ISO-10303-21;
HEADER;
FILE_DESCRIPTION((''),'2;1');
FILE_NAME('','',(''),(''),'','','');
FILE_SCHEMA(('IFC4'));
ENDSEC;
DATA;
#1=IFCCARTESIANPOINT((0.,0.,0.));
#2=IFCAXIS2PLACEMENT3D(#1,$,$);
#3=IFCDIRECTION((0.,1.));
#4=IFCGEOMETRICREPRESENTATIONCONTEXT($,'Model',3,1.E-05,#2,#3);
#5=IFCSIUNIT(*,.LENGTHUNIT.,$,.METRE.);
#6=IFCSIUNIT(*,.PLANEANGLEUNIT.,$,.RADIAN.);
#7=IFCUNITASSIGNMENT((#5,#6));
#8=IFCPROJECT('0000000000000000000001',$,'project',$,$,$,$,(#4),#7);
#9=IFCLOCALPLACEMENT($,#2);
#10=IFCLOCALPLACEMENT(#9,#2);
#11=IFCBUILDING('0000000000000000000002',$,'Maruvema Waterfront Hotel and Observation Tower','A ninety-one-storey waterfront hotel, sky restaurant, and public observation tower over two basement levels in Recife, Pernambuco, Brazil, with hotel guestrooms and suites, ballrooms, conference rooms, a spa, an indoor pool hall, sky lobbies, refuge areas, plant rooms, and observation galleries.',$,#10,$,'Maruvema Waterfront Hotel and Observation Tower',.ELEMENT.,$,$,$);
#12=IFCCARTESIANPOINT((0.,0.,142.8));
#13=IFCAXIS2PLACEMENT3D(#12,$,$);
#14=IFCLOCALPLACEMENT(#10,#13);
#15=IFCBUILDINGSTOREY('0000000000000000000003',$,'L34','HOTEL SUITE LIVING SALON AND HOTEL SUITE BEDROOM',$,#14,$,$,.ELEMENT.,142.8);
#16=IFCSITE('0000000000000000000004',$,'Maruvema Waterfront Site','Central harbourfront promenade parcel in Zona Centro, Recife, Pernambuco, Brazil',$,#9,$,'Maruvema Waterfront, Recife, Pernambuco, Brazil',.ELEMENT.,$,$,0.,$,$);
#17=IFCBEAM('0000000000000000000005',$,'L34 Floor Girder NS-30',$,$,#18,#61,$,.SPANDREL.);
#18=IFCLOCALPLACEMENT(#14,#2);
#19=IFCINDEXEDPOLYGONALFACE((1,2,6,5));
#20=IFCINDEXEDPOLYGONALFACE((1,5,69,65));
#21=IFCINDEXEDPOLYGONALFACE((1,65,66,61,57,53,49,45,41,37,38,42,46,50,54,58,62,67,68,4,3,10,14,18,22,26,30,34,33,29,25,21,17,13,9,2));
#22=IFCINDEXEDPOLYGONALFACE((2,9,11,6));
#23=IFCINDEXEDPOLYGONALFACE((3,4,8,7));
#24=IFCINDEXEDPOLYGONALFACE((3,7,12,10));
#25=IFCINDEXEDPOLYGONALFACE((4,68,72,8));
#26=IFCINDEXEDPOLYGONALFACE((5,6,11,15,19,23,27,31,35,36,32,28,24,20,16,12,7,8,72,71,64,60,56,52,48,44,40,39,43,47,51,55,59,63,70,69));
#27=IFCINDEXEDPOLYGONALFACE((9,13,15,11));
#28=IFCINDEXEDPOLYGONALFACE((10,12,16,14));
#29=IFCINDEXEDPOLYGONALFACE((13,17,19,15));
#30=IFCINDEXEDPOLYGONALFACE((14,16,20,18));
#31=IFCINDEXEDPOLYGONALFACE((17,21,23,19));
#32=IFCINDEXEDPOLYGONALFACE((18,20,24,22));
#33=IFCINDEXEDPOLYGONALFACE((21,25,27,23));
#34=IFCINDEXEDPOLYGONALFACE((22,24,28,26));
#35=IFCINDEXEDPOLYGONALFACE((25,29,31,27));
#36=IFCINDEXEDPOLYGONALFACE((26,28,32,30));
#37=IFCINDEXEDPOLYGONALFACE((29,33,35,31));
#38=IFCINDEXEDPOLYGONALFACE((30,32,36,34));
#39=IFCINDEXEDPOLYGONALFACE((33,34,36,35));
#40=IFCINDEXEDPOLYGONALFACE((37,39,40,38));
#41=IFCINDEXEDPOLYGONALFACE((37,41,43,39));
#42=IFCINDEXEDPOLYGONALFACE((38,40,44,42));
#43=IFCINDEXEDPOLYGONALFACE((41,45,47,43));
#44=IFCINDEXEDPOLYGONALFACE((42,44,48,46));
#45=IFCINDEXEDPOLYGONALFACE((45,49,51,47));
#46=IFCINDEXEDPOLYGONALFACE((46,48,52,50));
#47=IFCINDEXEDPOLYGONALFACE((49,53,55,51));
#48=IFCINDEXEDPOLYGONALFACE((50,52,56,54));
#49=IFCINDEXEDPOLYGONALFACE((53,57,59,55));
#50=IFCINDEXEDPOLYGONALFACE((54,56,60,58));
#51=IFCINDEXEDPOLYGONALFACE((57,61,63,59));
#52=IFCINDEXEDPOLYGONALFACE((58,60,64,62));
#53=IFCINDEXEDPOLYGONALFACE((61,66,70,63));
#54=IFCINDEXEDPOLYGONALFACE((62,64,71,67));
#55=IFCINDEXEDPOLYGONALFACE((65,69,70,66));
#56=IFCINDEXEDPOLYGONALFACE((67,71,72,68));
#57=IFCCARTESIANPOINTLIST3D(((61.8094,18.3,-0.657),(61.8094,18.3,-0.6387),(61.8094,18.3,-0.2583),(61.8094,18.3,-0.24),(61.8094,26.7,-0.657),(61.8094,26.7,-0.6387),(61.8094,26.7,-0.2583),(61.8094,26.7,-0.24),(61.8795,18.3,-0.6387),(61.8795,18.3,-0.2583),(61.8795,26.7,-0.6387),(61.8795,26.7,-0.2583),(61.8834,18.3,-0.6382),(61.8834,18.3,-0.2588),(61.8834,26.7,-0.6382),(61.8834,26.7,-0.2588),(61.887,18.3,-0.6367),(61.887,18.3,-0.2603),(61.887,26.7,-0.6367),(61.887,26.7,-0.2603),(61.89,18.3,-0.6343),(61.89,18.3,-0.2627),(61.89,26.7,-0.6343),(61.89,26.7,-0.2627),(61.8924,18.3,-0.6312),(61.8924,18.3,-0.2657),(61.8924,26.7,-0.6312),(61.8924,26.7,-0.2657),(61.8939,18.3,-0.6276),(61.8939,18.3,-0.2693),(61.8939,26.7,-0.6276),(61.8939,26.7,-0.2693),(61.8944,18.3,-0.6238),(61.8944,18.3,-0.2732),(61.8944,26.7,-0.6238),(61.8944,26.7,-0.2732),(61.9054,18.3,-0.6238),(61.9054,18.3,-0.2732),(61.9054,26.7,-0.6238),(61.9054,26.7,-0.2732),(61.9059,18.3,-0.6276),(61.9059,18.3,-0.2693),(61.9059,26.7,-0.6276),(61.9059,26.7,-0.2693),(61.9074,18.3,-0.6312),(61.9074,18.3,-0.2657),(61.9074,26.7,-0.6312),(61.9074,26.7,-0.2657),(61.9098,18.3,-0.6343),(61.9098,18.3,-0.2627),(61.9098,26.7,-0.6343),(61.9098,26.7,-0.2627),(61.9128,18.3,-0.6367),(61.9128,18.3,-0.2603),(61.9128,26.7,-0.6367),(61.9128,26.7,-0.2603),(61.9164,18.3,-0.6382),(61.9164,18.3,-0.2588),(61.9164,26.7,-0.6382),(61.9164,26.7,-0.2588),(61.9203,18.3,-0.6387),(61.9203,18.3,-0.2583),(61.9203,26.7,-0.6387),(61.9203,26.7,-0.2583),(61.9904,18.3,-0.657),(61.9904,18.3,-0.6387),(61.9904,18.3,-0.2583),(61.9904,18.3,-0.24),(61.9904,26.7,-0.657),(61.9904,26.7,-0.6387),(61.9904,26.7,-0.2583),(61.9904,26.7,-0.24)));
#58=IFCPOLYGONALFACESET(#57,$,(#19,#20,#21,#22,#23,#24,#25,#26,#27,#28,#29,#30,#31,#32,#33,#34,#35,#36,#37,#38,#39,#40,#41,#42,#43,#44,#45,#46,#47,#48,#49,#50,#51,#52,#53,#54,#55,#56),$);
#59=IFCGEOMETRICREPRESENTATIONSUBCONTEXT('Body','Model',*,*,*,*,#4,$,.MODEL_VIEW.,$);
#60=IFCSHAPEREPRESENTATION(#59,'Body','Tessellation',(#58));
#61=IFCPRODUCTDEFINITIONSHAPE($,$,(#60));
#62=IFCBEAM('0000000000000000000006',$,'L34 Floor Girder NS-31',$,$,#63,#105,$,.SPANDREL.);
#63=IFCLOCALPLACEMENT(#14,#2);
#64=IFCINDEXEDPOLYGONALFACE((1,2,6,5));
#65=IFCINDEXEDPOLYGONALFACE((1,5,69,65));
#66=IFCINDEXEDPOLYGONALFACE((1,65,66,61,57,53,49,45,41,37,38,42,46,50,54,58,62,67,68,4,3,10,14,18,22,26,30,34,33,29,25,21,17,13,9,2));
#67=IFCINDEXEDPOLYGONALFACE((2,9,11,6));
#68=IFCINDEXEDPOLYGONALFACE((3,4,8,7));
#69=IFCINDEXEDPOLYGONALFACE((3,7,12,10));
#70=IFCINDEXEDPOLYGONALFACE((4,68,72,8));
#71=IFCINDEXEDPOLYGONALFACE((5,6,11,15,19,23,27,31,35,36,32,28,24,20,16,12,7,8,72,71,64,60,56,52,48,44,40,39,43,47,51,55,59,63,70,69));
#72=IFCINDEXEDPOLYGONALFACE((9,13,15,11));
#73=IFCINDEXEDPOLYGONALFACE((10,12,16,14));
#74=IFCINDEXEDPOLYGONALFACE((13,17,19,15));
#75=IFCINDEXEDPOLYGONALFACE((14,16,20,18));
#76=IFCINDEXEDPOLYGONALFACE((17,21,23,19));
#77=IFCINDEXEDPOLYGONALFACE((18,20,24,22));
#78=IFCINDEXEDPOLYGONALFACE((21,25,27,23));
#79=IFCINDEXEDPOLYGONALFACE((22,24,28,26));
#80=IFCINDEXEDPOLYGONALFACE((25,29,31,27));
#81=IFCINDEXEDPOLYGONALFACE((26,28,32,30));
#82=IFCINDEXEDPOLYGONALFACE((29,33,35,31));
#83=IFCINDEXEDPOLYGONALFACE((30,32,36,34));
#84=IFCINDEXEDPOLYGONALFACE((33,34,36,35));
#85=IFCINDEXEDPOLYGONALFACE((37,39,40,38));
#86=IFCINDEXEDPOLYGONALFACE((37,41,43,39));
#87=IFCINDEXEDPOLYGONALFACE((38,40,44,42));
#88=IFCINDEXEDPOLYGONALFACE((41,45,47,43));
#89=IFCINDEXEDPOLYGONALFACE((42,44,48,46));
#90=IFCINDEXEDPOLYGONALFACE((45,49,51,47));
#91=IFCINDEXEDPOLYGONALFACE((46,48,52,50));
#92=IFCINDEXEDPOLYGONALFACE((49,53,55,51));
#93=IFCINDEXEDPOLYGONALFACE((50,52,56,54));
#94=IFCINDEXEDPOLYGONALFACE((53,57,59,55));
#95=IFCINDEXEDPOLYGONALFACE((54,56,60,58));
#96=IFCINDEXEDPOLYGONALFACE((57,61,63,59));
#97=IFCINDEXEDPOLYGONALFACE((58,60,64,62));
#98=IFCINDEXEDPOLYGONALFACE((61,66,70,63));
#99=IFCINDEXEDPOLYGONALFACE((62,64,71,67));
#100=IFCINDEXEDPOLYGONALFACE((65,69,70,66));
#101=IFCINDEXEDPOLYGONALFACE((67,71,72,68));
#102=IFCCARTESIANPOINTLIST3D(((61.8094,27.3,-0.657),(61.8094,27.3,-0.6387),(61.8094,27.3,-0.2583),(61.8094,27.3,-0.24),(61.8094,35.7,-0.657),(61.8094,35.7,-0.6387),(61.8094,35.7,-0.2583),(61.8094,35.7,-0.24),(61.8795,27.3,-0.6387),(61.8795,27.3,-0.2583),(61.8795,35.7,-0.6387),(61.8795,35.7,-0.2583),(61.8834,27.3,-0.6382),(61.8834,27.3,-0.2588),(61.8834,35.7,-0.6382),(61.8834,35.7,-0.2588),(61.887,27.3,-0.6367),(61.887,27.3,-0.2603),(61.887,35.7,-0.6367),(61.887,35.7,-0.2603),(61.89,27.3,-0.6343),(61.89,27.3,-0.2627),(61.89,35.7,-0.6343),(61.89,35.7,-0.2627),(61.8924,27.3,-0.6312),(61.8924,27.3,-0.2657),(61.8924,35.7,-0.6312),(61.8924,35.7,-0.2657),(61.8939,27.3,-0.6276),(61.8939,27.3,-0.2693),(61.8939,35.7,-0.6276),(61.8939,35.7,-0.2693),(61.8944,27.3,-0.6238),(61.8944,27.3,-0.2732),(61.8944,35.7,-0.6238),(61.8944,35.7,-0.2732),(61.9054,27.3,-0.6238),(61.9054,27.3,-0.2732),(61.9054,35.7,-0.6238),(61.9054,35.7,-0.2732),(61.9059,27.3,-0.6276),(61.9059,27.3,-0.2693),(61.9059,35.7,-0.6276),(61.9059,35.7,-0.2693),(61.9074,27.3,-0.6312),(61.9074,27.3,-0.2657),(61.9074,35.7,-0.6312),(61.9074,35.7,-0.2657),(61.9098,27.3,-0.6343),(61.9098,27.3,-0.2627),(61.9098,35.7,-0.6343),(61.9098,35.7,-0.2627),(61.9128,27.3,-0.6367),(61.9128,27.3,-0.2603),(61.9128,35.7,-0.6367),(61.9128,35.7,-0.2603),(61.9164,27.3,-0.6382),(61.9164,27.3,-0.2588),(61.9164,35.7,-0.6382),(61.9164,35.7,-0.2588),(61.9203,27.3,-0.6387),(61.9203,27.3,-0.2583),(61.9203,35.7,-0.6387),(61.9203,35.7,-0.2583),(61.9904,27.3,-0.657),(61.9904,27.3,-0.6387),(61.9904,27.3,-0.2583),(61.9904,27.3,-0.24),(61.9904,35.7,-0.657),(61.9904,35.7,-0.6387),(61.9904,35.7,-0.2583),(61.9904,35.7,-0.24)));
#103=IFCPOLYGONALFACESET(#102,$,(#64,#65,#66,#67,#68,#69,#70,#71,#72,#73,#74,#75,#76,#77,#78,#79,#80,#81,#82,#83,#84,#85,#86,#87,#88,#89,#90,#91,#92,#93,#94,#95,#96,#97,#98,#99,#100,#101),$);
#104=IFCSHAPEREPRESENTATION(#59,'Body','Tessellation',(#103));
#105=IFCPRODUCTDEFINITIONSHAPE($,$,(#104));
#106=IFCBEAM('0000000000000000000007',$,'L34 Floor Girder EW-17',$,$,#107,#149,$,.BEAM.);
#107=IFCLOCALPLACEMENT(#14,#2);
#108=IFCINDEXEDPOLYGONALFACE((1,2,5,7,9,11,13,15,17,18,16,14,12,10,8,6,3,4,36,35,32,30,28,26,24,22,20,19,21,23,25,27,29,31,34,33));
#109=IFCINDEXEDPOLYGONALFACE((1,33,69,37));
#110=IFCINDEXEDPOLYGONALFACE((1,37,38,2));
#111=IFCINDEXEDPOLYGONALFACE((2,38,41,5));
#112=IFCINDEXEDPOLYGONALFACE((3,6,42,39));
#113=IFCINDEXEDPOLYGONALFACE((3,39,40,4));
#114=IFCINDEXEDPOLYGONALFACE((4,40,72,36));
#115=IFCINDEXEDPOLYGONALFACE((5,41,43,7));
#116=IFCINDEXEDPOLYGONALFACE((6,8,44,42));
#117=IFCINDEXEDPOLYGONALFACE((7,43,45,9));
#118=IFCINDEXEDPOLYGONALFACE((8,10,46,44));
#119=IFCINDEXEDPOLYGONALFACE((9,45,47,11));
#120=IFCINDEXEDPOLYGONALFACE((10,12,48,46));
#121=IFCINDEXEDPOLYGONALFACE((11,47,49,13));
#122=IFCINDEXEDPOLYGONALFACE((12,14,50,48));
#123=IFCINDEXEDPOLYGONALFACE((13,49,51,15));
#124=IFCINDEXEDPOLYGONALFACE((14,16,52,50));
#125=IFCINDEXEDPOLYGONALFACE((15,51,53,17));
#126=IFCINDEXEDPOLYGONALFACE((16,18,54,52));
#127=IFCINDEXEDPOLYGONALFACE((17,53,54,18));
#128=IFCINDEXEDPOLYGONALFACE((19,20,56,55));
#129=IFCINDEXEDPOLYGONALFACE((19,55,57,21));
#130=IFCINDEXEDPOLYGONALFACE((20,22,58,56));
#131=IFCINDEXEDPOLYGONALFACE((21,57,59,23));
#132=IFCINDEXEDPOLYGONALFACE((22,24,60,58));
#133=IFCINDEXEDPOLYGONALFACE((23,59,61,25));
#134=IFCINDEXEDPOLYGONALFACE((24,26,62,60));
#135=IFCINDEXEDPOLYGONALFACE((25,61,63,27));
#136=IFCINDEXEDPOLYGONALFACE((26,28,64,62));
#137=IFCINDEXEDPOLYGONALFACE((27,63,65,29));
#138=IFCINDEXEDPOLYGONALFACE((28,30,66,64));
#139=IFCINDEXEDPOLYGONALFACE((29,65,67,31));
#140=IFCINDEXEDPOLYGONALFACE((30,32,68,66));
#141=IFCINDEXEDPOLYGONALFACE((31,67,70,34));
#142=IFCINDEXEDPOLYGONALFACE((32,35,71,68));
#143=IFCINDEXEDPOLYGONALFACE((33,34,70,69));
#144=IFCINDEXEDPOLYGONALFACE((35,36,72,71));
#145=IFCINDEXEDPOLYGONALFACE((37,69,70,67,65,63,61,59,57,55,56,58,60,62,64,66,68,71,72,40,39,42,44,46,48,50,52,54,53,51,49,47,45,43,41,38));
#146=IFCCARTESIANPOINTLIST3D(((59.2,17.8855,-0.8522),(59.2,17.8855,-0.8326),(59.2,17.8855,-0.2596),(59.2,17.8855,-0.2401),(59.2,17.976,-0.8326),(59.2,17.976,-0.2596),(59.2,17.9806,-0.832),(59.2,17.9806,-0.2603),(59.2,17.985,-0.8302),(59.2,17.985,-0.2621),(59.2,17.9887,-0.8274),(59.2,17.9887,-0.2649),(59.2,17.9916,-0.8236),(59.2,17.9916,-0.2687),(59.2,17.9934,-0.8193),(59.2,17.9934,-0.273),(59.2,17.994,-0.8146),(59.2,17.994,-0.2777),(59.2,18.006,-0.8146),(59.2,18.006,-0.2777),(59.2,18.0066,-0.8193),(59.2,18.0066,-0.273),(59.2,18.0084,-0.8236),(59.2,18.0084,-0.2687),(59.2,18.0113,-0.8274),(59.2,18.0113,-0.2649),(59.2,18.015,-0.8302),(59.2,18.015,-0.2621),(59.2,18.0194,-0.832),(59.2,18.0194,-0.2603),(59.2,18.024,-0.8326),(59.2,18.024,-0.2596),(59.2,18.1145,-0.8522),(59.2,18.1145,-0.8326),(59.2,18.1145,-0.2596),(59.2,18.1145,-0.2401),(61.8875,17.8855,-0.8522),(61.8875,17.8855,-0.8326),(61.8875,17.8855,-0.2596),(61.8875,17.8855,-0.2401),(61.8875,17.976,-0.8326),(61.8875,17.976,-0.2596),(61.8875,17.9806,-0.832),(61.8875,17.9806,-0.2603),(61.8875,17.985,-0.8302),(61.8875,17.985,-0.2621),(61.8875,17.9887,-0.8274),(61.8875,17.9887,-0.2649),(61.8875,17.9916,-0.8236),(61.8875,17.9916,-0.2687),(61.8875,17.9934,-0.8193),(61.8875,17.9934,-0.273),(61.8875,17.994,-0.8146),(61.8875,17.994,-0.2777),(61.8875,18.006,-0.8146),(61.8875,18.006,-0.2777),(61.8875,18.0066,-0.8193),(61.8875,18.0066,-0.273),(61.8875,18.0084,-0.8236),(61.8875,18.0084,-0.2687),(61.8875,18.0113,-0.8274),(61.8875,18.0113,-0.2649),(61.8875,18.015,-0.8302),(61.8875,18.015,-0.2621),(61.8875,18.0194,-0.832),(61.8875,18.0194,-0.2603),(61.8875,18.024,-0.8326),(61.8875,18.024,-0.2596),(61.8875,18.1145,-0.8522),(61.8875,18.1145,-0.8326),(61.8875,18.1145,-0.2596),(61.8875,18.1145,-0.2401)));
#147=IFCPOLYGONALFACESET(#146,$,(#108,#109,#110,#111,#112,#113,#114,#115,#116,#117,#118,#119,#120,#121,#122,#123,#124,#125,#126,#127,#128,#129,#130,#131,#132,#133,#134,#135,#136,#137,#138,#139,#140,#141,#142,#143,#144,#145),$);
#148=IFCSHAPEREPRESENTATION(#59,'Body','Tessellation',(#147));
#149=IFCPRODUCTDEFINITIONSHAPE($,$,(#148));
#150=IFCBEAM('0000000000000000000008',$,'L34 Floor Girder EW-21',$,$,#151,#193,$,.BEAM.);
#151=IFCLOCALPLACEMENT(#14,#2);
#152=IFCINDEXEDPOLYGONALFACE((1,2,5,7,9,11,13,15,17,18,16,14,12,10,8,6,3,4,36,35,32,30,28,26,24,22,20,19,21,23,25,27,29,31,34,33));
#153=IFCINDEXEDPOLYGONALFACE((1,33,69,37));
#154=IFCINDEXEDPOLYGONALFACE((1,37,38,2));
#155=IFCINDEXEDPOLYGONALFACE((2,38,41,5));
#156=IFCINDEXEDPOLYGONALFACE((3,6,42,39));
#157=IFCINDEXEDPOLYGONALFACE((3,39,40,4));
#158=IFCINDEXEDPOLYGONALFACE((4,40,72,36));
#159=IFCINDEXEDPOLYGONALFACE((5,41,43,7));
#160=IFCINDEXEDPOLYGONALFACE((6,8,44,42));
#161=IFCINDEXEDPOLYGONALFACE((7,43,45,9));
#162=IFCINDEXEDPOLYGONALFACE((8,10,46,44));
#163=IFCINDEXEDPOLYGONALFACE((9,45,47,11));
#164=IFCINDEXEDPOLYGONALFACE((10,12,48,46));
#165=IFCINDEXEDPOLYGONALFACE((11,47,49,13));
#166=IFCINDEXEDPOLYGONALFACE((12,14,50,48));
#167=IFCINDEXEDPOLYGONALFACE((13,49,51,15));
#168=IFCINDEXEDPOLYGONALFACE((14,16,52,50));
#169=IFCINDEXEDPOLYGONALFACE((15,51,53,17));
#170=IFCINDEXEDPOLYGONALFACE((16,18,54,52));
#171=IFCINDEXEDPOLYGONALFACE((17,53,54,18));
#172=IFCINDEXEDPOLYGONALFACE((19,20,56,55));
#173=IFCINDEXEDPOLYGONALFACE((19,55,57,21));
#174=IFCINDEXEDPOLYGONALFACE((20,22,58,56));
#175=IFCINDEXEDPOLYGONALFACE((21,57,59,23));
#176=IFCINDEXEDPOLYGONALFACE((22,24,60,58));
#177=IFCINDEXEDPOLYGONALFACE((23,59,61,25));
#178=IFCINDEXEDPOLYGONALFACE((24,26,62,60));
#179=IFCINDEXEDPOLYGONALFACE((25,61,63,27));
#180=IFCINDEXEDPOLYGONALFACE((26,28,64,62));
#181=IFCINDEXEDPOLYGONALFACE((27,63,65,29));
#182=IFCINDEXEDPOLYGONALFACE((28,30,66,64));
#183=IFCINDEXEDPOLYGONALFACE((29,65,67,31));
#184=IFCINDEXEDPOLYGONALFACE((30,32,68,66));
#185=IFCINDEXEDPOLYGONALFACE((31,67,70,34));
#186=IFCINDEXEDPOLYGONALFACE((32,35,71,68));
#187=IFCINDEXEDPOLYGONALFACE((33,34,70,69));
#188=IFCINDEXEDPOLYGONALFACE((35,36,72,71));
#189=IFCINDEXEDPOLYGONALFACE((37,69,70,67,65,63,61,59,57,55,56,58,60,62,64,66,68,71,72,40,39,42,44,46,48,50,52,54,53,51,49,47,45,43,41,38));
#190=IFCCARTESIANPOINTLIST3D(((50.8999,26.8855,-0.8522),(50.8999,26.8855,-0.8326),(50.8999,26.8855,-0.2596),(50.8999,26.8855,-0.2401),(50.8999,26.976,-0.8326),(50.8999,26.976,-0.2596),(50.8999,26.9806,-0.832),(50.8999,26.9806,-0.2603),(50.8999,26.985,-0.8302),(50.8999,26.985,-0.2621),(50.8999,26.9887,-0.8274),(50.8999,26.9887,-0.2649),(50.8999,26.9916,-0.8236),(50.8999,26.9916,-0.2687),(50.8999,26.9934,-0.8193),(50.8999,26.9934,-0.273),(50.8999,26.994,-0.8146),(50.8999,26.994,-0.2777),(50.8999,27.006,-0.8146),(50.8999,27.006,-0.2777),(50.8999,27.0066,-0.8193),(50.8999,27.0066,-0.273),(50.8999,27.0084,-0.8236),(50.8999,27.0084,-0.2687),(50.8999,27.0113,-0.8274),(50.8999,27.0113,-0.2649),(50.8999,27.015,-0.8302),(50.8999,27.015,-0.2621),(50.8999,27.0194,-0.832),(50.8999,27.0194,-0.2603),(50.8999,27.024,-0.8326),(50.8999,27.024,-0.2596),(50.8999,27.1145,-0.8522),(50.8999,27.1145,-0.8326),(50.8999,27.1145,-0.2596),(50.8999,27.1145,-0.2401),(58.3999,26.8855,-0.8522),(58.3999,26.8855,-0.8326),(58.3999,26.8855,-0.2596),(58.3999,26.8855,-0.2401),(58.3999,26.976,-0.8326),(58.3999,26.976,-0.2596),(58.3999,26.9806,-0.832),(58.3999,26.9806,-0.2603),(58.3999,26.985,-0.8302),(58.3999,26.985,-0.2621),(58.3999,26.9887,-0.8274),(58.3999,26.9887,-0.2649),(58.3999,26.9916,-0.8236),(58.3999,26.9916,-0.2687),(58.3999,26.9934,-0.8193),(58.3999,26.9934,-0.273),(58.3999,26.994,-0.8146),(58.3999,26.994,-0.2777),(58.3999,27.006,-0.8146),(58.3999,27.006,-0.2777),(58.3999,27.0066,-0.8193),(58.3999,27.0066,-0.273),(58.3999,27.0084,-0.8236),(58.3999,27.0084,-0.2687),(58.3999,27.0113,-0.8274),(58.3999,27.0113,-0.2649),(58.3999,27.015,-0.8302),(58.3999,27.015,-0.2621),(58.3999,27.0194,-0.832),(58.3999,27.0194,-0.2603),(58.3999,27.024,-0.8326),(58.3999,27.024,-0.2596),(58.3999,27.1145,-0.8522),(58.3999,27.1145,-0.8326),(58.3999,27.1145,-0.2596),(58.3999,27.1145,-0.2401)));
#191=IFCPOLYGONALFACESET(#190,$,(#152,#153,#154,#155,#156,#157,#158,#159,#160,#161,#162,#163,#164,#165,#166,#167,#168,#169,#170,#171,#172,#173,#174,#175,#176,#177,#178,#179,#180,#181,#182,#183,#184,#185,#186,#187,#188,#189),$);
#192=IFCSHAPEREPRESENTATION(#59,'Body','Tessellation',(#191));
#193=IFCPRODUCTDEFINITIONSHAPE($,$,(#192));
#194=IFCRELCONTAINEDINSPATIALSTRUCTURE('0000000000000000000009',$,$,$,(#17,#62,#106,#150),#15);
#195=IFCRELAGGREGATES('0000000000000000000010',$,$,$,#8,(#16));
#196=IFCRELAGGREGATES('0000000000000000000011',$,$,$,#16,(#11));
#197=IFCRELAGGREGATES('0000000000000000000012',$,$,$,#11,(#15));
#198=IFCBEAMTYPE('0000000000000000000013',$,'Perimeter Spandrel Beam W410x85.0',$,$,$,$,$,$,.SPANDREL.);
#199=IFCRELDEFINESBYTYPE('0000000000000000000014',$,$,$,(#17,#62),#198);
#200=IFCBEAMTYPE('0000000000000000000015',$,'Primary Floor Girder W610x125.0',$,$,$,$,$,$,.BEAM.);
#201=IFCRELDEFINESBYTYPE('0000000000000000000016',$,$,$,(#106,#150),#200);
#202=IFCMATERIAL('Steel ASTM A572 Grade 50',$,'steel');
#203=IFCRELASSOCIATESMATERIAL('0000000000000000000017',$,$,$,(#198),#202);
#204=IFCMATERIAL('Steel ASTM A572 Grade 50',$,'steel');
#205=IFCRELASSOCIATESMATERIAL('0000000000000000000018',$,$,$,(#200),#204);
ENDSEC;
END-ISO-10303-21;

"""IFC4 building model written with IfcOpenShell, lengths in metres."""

from ifc_helpers import new_model, si_unit, direction, frame, origin, origin_2d, place, context, subcontext, project, spatial, i_section, extrude, material, material_profile, profile_set, type_object, element, save


model = new_model("IFC4")

# Units and contexts
model_context = context("Model", 3, precision=1e-05, world=origin(), true_north=direction((0.0, 1.0)))
body_context = subcontext(model_context, "Body", "Model", "MODEL_VIEW")
ifc_project = project(units=[si_unit("LENGTHUNIT", "METRE"), si_unit("PLANEANGLEUNIT", "RADIAN")], contexts=[model_context])

# Site, building, storey
site_placement = place(None, origin())
site = spatial("IfcSite", under=ifc_project, at=site_placement, Name="Maruvema Waterfront Site", Description="Central harbourfront promenade parcel in Zona Centro, Recife, Pernambuco, Brazil", LongName="Maruvema Waterfront, Recife, Pernambuco, Brazil", CompositionType="ELEMENT", RefElevation=0.0)
building_placement = place(site_placement, origin())
building = spatial("IfcBuilding", under=site, at=building_placement, Name="Maruvema Waterfront Hotel and Observation Tower", Description="A ninety-one-storey waterfront hotel, sky restaurant, and public observation tower over two basement levels in Recife, Pernambuco, Brazil, with hotel guestrooms and suites, ballrooms, conference rooms, a spa, an indoor pool hall, sky lobbies, refuge areas, plant rooms, and observation galleries.", LongName="Maruvema Waterfront Hotel and Observation Tower", CompositionType="ELEMENT")
storey_placement = place(building_placement, frame((0.0, 0.0, 142.8)))
storey = spatial("IfcBuildingStorey", under=building, at=storey_placement, Name="L34", Description="HOTEL SUITE LIVING SALON AND HOTEL SUITE BEDROOM", CompositionType="ELEMENT", Elevation=142.8)

# Beams
ifc_material_1 = material(Name="Steel ASTM A572 Grade 50", Category="steel")
ifc_material_profile_1 = material_profile(ifc_material_1, i_section(OverallWidth=0.1809, OverallDepth=0.417, WebThickness=0.011, FlangeThickness=0.0183, FilletRadius=0.0149, at=origin_2d()), Name="W410x85.0")
ifc_profile_set_1 = profile_set([ifc_material_profile_1], Name="Steel ASTM A572 Grade 50")
beam_type_1 = type_object("IfcBeamType", Name="Perimeter Spandrel Beam W410x85.0", PredefinedType="SPANDREL", material=ifc_profile_set_1)
for number, where, z_axis, x_axis, name in (
    (1, (61.8999, 18.3, -0.4485), (0.0, 1.0, 0.0), (-1.0, 0.0, 0.0), "L34 Floor Girder NS-30"),
    (2, (61.8999, 27.3, -0.4485), (0.0, 1.0, 0.0), (-1.0, 0.0, 0.0), "L34 Floor Girder NS-31"),
):
    element("IfcBeam", number, at=place(storey_placement, frame(where, z_axis=z_axis, x_axis=x_axis)), inside=storey, type_object=beam_type_1, Name=name, PredefinedType="SPANDREL", context=body_context, shape_type="SweptSolid", body=[
        extrude(i_section(OverallWidth=0.1809, OverallDepth=0.417, WebThickness=0.011, FlangeThickness=0.0183, FilletRadius=0.0149, at=origin_2d()), origin(), (0.0, 0.0, 1.0), 8.3999),
    ])
ifc_material_2 = material(Name="Steel ASTM A572 Grade 50", Category="steel")
ifc_material_profile_2 = material_profile(ifc_material_2, i_section(OverallWidth=0.229, OverallDepth=0.6121, WebThickness=0.012, FlangeThickness=0.0195, FilletRadius=0.0181, at=origin_2d()), Name="W610x125.0")
ifc_profile_set_2 = profile_set([ifc_material_profile_2], Name="Steel ASTM A572 Grade 50")
beam_type_2 = type_object("IfcBeamType", Name="Primary Floor Girder W610x125.0", PredefinedType="BEAM", material=ifc_profile_set_2)
beam_1_placement = place(storey_placement, frame((59.2, 18.0, -0.5461), z_axis=(1.0, 0.0, 0.0), x_axis=(0.0, 1.0, 0.0)))
element("IfcBeam", 3, at=beam_1_placement, inside=storey, type_object=beam_type_2, Name="L34 Floor Girder EW-17", PredefinedType="BEAM", context=body_context, shape_type="SweptSolid", body=[
    extrude(i_section(OverallWidth=0.229, OverallDepth=0.6121, WebThickness=0.012, FlangeThickness=0.0195, FilletRadius=0.0181, at=origin_2d()), origin(), (0.0, 0.0, 1.0), 2.6875),
])
beam_2_placement = place(storey_placement, frame((50.8999, 27.0, -0.5461), z_axis=(1.0, 0.0, 0.0), x_axis=(0.0, 1.0, 0.0)))
element("IfcBeam", 4, at=beam_2_placement, inside=storey, type_object=beam_type_2, Name="L34 Floor Girder EW-21", PredefinedType="BEAM", context=body_context, shape_type="SweptSolid", body=[
    extrude(i_section(OverallWidth=0.229, OverallDepth=0.6121, WebThickness=0.012, FlangeThickness=0.0195, FilletRadius=0.0181, at=origin_2d()), origin(), (0.0, 0.0, 1.0), 7.5),
])

save(model, "model.ifc")
